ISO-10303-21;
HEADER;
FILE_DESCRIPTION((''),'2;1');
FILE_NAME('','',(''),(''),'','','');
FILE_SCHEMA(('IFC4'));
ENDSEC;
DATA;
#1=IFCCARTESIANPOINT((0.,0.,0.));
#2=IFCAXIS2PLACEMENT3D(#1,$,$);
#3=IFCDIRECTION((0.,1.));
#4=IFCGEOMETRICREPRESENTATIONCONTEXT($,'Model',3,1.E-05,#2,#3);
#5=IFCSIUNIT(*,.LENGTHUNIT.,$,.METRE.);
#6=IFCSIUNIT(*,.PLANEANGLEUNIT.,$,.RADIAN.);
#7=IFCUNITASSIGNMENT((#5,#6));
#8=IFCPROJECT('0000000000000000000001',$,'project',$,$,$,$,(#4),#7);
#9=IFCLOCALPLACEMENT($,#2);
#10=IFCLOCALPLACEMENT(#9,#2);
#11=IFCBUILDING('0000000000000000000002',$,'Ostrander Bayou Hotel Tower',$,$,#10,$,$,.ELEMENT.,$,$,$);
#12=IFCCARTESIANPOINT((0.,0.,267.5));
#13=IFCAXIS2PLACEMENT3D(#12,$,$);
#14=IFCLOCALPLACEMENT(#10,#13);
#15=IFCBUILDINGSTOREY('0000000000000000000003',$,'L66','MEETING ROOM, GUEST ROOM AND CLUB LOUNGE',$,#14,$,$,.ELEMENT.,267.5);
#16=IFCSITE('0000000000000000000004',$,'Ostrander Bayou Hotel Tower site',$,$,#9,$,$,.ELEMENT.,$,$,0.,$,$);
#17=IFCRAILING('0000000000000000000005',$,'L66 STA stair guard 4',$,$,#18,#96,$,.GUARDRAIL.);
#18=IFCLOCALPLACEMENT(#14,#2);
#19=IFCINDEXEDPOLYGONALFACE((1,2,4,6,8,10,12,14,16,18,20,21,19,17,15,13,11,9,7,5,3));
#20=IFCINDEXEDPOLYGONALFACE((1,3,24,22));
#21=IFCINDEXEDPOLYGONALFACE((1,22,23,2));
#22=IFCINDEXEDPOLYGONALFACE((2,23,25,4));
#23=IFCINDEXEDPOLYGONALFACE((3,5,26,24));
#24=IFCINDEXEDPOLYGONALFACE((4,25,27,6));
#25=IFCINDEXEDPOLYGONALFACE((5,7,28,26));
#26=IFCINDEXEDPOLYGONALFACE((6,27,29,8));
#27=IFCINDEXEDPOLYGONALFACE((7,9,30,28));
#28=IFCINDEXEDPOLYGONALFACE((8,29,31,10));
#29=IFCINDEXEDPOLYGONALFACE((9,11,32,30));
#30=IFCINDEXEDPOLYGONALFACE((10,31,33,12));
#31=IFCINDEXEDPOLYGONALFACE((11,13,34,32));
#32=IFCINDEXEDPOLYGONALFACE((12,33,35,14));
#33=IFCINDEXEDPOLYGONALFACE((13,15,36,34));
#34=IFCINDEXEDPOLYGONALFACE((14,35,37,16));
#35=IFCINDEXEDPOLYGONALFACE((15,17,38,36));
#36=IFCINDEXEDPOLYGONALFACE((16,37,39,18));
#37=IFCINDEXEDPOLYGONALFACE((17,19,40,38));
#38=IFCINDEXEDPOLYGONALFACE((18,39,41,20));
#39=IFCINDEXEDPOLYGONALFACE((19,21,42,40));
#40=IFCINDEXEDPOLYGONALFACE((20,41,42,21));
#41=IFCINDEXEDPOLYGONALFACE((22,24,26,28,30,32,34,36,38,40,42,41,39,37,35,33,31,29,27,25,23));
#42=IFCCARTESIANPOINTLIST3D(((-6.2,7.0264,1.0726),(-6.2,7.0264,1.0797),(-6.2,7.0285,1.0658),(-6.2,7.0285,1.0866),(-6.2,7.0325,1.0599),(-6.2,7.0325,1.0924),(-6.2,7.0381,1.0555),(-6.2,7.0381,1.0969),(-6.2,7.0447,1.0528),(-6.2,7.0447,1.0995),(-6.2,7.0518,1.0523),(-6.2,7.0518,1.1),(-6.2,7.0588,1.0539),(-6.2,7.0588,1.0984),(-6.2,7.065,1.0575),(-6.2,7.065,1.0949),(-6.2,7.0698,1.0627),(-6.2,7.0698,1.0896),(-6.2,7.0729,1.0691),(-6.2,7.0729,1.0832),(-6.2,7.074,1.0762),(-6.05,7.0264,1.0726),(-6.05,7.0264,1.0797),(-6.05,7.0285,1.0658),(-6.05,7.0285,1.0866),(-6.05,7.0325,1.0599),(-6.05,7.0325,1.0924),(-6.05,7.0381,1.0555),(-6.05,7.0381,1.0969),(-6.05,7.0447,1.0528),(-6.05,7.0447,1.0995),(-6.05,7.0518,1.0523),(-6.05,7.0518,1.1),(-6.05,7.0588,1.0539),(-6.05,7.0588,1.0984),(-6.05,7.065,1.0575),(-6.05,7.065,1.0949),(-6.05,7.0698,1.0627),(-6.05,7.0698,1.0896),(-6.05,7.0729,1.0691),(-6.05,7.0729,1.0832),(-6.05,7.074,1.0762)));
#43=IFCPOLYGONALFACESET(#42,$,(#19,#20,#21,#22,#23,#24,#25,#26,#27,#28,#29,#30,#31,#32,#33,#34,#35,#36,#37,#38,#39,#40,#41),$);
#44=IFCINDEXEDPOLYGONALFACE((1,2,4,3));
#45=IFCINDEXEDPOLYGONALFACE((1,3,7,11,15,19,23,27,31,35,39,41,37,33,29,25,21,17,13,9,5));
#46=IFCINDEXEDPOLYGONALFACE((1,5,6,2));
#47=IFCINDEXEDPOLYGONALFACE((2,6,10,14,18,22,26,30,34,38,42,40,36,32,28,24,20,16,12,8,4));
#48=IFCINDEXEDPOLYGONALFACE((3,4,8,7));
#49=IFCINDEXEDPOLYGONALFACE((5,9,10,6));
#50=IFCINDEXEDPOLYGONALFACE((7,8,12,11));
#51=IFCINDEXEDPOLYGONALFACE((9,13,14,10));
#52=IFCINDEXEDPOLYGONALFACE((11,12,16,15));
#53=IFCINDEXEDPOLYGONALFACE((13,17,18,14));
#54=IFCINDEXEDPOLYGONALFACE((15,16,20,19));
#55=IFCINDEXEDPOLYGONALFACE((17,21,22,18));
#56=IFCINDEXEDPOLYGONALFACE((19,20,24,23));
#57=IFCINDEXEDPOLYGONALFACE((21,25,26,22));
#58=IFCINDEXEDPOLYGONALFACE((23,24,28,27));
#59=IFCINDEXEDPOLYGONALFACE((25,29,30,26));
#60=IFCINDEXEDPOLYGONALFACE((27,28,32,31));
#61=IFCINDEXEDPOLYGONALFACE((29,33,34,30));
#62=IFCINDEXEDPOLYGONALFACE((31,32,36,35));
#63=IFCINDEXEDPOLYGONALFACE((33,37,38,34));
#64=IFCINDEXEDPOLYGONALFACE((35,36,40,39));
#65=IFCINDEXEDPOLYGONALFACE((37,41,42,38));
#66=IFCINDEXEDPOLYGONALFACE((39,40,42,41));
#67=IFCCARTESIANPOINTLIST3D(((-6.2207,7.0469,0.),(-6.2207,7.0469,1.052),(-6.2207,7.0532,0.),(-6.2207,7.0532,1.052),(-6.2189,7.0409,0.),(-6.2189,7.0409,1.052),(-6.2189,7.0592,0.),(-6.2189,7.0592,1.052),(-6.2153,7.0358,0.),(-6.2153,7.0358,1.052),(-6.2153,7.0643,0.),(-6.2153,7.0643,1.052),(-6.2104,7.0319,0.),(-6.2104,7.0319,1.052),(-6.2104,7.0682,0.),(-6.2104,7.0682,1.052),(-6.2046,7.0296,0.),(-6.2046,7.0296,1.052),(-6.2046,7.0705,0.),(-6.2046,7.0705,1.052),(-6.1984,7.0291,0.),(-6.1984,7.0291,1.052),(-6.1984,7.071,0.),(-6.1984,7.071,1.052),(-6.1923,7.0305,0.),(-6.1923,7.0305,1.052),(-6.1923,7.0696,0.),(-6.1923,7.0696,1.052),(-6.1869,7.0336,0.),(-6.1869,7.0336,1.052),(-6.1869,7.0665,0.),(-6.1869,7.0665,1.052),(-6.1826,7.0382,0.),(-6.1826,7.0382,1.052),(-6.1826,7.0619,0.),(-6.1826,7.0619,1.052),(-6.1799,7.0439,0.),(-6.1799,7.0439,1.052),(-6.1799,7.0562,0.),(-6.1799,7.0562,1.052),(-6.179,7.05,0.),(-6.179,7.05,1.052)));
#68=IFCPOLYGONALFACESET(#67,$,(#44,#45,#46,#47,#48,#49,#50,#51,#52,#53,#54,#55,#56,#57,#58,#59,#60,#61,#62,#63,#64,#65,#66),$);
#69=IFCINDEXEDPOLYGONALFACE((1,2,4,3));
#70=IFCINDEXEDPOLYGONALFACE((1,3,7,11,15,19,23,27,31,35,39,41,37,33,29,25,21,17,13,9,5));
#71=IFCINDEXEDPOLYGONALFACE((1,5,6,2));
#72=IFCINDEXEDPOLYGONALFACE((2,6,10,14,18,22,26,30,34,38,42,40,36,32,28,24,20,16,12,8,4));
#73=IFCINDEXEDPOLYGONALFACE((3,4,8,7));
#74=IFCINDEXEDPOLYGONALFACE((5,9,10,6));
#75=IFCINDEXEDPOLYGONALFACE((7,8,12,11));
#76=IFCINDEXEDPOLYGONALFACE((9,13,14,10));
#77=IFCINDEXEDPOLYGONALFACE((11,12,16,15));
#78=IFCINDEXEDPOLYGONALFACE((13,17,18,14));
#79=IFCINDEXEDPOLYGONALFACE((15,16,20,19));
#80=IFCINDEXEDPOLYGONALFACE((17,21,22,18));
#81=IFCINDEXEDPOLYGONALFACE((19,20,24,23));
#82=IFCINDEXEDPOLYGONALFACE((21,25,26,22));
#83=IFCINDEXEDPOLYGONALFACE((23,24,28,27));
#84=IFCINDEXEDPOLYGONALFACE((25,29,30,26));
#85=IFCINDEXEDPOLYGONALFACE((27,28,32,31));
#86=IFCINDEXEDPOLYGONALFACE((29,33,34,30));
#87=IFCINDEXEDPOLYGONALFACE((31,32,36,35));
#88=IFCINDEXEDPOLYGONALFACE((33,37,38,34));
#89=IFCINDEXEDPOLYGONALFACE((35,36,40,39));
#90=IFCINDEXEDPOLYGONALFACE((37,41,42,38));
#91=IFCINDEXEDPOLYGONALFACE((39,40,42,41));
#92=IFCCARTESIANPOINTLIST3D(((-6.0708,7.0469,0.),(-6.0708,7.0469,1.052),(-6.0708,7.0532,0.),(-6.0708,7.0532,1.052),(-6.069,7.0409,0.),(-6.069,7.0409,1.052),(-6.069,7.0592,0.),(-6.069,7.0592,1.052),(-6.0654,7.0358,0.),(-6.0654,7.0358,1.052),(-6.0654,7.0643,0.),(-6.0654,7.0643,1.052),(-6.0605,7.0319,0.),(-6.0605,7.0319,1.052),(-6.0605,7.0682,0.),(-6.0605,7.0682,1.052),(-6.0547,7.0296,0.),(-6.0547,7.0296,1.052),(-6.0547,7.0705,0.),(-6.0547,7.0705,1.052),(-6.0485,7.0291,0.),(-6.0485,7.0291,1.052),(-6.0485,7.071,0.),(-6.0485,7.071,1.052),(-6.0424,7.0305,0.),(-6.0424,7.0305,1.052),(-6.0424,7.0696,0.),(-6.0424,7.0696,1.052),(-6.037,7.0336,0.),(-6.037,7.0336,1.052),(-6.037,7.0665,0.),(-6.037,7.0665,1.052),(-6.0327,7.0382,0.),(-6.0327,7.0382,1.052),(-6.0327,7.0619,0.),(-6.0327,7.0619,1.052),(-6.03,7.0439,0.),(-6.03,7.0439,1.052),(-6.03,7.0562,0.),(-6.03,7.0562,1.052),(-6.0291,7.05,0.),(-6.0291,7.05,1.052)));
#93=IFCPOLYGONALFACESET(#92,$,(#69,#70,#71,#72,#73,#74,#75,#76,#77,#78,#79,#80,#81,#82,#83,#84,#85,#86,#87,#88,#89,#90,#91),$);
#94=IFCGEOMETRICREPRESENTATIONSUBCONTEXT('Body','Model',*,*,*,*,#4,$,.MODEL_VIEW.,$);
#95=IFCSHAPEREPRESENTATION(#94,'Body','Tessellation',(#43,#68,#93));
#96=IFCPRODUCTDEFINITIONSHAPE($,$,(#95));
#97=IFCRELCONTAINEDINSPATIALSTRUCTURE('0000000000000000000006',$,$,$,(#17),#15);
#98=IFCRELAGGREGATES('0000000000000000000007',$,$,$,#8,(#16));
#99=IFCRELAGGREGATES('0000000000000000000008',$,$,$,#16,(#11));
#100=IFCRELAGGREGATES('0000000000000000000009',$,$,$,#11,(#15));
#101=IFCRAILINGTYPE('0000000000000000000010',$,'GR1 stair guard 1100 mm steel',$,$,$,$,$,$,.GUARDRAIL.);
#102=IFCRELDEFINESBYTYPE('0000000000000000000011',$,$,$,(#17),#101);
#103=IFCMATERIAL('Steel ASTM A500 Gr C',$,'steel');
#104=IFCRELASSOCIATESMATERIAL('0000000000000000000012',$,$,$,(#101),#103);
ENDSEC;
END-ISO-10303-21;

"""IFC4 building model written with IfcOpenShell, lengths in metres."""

from ifc_helpers import new_model, si_unit, direction, frame, origin, origin_2d, place, context, subcontext, project, spatial, circle, extrude, material, type_object, element, save


model = new_model("IFC4")

# Units and contexts
model_context = context("Model", 3, precision=1e-05, world=origin(), true_north=direction((0.0, 1.0)))
body_context = subcontext(model_context, "Body", "Model", "MODEL_VIEW")
ifc_project = project(units=[si_unit("LENGTHUNIT", "METRE"), si_unit("PLANEANGLEUNIT", "RADIAN")], contexts=[model_context])

# Site, building, storey
site_placement = place(None, origin())
site = spatial("IfcSite", under=ifc_project, at=site_placement, Name="Ostrander Bayou Hotel Tower site", CompositionType="ELEMENT", RefElevation=0.0)
building_placement = place(site_placement, origin())
building = spatial("IfcBuilding", under=site, at=building_placement, Name="Ostrander Bayou Hotel Tower", CompositionType="ELEMENT")
storey_placement = place(building_placement, frame((0.0, 0.0, 267.5)))
storey = spatial("IfcBuildingStorey", under=building, at=storey_placement, Name="L66", Description="MEETING ROOM, GUEST ROOM AND CLUB LOUNGE", CompositionType="ELEMENT", Elevation=267.5)

# Railing
ifc_material_1 = material(Name="Steel ASTM A500 Gr C", Category="steel")
railing_type_1 = type_object("IfcRailingType", Name="GR1 stair guard 1100 mm steel", PredefinedType="GUARDRAIL", material=ifc_material_1)
railing_1_placement = place(storey_placement, frame((-6.2, 7.05, 0.0)))
element("IfcRailing", 1, at=railing_1_placement, inside=storey, type_object=railing_type_1, Name="L66 STA stair guard 4", PredefinedType="GUARDRAIL", context=body_context, shape_type="SweptSolid", body=[
    extrude(circle(Radius=0.0239, at=origin_2d()), frame((0.0, 0.0, 1.0762), z_axis=(1.0, 0.0, 0.0), x_axis=(0.0, 1.0, 0.0)), (0.0, 0.0, 1.0), 0.1499),
    extrude(circle(Radius=0.021, at=origin_2d()), origin(), (0.0, 0.0, 1.0), 1.052),
    extrude(circle(Radius=0.021, at=origin_2d()), frame((0.1499, 0.0, 0.0)), (0.0, 0.0, 1.0), 1.052),
])

save(model, "model.ifc")
